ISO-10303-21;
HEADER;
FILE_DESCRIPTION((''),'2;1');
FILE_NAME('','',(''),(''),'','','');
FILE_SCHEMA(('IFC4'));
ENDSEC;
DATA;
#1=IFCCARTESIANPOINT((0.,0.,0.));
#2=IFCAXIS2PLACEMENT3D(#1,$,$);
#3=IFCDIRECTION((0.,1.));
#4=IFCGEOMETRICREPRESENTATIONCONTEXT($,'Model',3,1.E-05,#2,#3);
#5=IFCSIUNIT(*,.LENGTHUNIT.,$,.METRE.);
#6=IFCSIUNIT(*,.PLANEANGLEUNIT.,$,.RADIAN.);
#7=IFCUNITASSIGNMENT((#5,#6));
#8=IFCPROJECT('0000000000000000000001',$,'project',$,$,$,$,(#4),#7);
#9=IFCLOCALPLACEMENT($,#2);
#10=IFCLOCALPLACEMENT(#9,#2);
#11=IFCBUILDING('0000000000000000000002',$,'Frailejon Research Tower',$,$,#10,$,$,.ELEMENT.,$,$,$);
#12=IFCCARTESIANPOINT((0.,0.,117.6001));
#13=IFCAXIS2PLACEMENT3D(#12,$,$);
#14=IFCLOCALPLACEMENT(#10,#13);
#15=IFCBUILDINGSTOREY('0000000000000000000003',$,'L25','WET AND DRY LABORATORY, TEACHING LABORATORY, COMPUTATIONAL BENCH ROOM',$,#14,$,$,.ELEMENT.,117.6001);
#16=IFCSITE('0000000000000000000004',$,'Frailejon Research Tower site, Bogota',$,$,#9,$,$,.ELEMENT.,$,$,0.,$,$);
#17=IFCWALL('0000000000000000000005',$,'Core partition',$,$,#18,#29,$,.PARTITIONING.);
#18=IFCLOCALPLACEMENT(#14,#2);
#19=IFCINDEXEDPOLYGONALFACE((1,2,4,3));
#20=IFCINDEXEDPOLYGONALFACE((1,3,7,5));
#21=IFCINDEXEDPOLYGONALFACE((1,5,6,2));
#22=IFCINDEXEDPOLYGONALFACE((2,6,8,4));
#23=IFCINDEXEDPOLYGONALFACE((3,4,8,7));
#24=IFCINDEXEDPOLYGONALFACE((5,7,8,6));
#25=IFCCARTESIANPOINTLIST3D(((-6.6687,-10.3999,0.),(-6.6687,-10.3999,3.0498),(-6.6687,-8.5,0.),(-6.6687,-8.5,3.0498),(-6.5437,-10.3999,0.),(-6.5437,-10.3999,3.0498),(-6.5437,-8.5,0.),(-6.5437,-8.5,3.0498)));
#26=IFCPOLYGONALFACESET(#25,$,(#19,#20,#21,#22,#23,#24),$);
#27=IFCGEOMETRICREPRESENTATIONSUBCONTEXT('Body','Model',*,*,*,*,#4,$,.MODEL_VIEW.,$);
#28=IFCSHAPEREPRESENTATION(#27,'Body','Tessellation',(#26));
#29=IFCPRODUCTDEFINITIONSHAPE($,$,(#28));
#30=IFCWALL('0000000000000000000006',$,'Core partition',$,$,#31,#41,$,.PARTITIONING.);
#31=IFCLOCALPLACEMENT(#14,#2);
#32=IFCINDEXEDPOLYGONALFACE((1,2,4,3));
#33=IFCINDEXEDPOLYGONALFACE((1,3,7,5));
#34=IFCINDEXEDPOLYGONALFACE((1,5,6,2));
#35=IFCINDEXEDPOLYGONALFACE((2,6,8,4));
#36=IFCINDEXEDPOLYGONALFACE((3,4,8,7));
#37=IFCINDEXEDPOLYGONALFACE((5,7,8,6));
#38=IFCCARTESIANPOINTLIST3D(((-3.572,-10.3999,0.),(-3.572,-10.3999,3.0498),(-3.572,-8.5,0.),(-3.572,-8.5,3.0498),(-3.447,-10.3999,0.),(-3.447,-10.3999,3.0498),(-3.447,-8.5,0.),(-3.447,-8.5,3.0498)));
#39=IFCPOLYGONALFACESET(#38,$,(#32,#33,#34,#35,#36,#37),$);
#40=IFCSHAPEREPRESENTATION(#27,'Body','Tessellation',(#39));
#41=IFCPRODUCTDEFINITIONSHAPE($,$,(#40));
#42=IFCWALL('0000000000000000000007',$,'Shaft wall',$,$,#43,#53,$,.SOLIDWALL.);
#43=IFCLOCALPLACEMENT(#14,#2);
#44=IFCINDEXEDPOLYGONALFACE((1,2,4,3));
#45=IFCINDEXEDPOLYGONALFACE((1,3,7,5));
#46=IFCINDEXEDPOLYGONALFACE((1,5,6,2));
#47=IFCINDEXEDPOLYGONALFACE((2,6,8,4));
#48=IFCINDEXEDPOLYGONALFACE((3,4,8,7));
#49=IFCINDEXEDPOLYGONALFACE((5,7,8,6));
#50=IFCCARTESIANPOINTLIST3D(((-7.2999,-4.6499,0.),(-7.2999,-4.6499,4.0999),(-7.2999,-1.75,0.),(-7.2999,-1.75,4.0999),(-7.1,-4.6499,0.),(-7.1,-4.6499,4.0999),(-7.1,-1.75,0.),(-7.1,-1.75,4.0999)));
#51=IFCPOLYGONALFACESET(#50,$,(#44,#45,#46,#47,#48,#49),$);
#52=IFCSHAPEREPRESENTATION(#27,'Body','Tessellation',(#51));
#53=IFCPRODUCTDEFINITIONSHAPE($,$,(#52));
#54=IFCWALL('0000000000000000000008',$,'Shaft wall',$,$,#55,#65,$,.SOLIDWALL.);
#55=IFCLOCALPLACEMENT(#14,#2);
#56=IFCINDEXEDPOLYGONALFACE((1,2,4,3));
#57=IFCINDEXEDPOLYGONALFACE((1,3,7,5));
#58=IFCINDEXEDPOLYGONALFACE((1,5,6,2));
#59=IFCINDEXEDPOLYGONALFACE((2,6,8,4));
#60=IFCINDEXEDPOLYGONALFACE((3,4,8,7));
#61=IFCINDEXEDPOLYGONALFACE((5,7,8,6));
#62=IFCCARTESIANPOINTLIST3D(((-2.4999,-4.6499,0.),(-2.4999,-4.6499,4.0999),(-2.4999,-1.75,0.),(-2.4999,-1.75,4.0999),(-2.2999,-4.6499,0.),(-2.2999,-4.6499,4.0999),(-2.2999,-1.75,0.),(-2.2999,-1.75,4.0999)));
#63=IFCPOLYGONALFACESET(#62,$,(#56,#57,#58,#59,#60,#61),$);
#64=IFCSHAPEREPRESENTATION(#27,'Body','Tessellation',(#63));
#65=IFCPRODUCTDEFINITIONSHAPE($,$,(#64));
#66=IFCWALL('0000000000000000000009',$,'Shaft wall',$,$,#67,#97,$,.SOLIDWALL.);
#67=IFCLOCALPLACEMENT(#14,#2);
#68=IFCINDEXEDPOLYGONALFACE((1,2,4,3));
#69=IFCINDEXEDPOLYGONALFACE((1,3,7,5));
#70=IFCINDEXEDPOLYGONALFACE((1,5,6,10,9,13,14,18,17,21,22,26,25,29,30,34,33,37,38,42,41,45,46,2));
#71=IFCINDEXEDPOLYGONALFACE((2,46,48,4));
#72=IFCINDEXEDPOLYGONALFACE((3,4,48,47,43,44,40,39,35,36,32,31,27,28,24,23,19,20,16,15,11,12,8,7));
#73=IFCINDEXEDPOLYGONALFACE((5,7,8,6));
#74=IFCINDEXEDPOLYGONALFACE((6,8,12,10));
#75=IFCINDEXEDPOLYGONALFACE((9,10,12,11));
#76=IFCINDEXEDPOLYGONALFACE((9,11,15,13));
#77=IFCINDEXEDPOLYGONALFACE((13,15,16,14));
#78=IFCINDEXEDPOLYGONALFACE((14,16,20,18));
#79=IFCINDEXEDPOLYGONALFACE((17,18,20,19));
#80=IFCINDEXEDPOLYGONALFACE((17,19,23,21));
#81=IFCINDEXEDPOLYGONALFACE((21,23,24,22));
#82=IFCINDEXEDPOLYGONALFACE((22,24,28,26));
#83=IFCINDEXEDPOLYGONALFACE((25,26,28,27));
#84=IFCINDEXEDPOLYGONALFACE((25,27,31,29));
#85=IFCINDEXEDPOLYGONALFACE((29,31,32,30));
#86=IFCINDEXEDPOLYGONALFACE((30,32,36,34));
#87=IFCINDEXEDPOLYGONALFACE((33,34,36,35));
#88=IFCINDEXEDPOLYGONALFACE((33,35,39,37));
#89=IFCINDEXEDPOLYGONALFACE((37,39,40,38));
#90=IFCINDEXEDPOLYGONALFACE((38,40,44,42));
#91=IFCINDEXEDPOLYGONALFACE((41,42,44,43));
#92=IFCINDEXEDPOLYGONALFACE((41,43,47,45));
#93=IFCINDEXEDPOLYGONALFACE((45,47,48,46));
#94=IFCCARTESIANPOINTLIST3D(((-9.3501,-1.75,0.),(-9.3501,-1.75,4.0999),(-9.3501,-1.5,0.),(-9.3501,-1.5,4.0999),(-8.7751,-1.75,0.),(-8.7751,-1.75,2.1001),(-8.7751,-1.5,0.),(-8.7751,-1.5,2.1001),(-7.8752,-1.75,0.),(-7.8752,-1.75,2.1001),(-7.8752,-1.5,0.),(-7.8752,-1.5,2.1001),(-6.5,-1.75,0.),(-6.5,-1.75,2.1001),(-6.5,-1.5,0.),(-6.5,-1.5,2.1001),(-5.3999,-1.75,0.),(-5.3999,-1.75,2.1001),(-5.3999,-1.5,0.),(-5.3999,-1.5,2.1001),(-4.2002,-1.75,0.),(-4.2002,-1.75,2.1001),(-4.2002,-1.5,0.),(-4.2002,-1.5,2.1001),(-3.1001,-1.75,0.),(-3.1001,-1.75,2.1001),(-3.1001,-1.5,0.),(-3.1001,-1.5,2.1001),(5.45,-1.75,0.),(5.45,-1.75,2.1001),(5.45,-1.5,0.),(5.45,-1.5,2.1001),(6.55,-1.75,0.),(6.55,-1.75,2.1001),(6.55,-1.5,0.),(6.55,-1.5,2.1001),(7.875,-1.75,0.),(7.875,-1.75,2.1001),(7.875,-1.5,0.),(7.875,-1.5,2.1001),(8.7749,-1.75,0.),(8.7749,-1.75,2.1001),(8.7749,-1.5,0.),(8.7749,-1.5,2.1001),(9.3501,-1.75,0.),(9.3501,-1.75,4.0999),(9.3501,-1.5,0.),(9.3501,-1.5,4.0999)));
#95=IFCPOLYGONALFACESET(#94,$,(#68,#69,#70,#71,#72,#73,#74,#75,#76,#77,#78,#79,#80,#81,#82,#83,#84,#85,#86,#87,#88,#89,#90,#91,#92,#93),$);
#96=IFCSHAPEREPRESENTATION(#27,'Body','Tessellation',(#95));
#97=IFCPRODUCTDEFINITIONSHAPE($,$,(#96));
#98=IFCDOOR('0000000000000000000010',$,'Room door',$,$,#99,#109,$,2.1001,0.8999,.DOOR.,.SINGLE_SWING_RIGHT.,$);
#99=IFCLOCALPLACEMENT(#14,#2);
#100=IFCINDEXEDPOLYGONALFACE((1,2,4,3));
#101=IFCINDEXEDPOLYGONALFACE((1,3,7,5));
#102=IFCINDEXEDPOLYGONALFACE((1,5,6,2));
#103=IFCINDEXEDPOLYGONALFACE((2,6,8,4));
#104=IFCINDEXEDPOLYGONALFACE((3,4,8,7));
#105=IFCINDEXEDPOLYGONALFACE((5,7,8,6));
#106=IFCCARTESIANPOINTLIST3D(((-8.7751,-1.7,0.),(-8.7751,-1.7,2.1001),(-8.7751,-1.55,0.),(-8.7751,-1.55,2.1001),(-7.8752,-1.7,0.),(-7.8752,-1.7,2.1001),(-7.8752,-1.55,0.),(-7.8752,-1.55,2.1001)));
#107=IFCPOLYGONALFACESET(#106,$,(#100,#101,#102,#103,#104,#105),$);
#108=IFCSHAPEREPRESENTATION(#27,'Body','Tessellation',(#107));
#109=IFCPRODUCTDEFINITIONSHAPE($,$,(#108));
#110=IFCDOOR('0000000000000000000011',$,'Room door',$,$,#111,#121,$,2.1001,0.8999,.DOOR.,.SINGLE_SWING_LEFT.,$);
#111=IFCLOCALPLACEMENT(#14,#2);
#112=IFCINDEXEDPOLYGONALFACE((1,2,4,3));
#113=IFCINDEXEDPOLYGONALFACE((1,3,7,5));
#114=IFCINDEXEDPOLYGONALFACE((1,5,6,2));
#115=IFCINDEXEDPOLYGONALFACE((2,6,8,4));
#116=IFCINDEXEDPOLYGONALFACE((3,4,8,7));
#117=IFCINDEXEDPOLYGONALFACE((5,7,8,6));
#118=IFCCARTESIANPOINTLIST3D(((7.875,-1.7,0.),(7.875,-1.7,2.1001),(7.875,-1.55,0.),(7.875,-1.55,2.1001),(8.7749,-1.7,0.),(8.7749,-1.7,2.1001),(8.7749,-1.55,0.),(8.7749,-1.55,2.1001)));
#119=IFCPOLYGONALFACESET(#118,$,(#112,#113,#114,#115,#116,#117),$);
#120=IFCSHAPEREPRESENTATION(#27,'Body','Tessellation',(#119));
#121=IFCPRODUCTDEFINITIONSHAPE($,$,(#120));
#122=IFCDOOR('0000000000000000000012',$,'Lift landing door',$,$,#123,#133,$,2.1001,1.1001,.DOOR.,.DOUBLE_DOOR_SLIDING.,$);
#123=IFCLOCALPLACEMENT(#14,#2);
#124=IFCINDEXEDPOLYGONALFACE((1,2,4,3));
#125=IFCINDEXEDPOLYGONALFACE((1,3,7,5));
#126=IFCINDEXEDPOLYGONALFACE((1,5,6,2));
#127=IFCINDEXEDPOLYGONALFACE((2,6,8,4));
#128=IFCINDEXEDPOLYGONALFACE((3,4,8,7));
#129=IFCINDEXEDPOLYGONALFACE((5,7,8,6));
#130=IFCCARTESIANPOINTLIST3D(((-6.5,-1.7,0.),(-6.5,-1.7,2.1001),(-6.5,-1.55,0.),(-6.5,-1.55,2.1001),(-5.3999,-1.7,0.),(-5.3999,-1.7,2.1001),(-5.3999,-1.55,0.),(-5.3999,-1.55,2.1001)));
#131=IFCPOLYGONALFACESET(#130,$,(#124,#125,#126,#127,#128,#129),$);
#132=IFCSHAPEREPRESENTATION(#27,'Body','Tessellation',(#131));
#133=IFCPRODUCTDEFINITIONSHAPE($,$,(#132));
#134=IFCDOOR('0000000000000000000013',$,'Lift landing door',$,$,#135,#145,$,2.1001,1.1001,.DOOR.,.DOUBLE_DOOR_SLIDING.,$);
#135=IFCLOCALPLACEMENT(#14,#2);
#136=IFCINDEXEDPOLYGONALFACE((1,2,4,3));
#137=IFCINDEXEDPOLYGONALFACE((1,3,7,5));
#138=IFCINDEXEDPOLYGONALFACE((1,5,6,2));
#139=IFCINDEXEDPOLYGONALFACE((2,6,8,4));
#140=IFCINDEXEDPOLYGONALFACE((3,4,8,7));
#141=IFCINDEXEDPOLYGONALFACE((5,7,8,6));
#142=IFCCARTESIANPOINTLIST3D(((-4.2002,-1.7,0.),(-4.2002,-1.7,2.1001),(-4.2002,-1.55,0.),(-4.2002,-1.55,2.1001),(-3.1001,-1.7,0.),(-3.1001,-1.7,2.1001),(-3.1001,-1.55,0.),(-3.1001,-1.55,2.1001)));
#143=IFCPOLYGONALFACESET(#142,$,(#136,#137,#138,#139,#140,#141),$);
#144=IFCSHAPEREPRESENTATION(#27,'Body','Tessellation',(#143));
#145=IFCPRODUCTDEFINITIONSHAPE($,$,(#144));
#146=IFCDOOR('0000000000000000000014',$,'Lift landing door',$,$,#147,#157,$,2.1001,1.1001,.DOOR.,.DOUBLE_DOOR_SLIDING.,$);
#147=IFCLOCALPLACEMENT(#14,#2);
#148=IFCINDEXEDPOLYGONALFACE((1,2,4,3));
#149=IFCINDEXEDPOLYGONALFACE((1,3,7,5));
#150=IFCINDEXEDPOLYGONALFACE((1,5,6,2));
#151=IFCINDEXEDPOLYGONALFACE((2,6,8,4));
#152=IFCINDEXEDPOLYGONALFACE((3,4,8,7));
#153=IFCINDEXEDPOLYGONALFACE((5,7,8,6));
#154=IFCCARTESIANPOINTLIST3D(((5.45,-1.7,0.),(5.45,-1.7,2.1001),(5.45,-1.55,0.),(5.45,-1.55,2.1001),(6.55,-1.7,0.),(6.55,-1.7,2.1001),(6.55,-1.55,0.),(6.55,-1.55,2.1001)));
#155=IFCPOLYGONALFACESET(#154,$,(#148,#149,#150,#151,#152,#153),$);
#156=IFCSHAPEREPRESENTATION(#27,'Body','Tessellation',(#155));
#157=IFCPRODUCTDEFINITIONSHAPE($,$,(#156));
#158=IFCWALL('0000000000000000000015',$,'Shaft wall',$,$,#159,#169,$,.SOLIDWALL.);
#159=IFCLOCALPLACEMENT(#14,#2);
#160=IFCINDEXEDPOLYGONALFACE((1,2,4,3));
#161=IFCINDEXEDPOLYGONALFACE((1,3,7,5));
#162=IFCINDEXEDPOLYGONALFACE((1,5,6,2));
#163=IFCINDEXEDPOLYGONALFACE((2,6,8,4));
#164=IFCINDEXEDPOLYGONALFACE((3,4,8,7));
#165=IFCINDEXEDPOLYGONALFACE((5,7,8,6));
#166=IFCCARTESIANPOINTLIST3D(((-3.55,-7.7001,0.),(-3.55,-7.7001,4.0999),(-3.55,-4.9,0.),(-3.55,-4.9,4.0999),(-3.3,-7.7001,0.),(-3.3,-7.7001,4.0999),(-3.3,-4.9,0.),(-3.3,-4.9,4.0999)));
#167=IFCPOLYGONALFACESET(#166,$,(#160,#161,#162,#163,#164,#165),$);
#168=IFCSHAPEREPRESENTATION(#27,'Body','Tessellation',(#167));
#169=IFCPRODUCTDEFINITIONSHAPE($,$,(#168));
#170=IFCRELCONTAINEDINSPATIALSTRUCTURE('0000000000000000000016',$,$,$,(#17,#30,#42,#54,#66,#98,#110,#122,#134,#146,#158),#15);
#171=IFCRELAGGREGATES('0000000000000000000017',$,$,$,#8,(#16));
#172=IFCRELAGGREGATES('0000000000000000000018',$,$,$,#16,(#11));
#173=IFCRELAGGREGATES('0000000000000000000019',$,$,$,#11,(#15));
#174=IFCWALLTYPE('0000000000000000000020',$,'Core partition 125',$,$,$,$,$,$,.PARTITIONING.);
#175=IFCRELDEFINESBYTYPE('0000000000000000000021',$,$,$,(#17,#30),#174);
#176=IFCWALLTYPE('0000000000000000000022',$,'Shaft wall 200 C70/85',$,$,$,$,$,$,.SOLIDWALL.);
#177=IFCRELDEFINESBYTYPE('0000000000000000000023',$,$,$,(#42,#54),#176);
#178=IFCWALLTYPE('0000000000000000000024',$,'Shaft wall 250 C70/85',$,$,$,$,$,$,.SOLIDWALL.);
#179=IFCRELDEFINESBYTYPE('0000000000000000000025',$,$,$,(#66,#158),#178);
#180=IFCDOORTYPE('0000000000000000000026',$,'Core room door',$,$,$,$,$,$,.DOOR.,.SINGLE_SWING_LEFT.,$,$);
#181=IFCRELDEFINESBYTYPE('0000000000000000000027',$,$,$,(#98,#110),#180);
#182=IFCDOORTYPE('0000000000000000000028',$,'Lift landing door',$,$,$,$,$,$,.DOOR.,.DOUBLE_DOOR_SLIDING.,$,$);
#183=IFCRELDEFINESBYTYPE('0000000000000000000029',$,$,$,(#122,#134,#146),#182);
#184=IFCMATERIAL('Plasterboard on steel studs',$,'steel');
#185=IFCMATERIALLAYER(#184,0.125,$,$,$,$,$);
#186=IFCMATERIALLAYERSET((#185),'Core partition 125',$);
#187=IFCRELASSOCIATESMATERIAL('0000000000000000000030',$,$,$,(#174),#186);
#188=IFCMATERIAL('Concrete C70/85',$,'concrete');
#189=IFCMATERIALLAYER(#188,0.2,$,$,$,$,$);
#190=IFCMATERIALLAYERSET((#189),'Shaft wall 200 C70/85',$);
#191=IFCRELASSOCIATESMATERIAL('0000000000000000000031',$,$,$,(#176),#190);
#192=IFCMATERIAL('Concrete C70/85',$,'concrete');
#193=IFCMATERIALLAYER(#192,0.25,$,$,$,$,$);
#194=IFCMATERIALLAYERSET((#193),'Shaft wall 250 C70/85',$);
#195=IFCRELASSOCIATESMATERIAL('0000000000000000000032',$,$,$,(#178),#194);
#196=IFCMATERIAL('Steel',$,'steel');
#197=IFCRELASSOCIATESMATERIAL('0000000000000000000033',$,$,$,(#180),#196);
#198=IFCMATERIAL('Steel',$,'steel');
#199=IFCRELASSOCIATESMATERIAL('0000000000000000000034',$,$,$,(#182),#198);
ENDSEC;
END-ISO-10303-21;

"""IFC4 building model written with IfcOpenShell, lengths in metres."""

from ifc_helpers import new_model, si_unit, direction, frame, frame_2d, origin, place, context, subcontext, project, spatial, rectangle, extrude, material, layer, layer_set, type_object, element, fill, save


model = new_model("IFC4")

# Units and contexts
model_context = context("Model", 3, precision=1e-05, world=origin(), true_north=direction((0.0, 1.0)))
body_context = subcontext(model_context, "Body", "Model", "MODEL_VIEW")
ifc_project = project(units=[si_unit("LENGTHUNIT", "METRE"), si_unit("PLANEANGLEUNIT", "RADIAN")], contexts=[model_context])

# Site, building, storey
site_placement = place(None, origin())
site = spatial("IfcSite", under=ifc_project, at=site_placement, Name="Frailejon Research Tower site, Bogota", CompositionType="ELEMENT", RefElevation=0.0)
building_placement = place(site_placement, origin())
building = spatial("IfcBuilding", under=site, at=building_placement, Name="Frailejon Research Tower", CompositionType="ELEMENT")
storey_placement = place(building_placement, frame((0.0, 0.0, 117.6001)))
storey = spatial("IfcBuildingStorey", under=building, at=storey_placement, Name="L25", Description="WET AND DRY LABORATORY, TEACHING LABORATORY, COMPUTATIONAL BENCH ROOM", CompositionType="ELEMENT", Elevation=117.6001)

# Walls
ifc_material_1 = material(Name="Plasterboard on steel studs", Category="steel")
ifc_layer_1 = layer(ifc_material_1, 0.125)
ifc_layer_set_1 = layer_set([ifc_layer_1], Name="Core partition 125")
wall_type_1 = type_object("IfcWallType", Name="Core partition 125", PredefinedType="PARTITIONING", material=ifc_layer_set_1)
for number, where, z_axis, x_axis, name in (
    (1, (-6.6062, -10.3999, 0.0), (0.0, 0.0, 1.0), (0.0, 1.0, 0.0), "Core partition"),
    (2, (-3.5095, -10.3999, 0.0), (0.0, 0.0, 1.0), (0.0, 1.0, 0.0), "Core partition"),
):
    element("IfcWall", number, at=place(storey_placement, frame(where, z_axis=z_axis, x_axis=x_axis)), inside=storey, type_object=wall_type_1, Name=name, PredefinedType="PARTITIONING", context=body_context, shape_type="SweptSolid", body=[
        extrude(rectangle(XDim=1.8999, YDim=0.125, at=frame_2d((0.95, 0.0))), origin(), (0.0, 0.0, 1.0), 3.0498),
    ])
ifc_material_2 = material(Name="Concrete C70/85", Category="concrete")
ifc_layer_2 = layer(ifc_material_2, 0.2)
ifc_layer_set_2 = layer_set([ifc_layer_2], Name="Shaft wall 200 C70/85")
wall_type_2 = type_object("IfcWallType", Name="Shaft wall 200 C70/85", PredefinedType="SOLIDWALL", material=ifc_layer_set_2)
for number, where, z_axis, x_axis, name in (
    (3, (-7.2, -4.6499, 0.0), (0.0, 0.0, 1.0), (0.0, 1.0, 0.0), "Shaft wall"),
    (4, (-2.3999, -4.6499, 0.0), (0.0, 0.0, 1.0), (0.0, 1.0, 0.0), "Shaft wall"),
):
    element("IfcWall", number, at=place(storey_placement, frame(where, z_axis=z_axis, x_axis=x_axis)), inside=storey, type_object=wall_type_2, Name=name, PredefinedType="SOLIDWALL", context=body_context, shape_type="SweptSolid", body=[
        extrude(rectangle(XDim=2.8999, YDim=0.2, at=frame_2d((1.45, 0.0))), origin(), (0.0, 0.0, 1.0), 4.0999),
    ])

# Wall, openings, doors
ifc_material_3 = material(Name="Concrete C70/85", Category="concrete")
ifc_layer_3 = layer(ifc_material_3, 0.25)
ifc_layer_set_3 = layer_set([ifc_layer_3], Name="Shaft wall 250 C70/85")
wall_type_3 = type_object("IfcWallType", Name="Shaft wall 250 C70/85", PredefinedType="SOLIDWALL", material=ifc_layer_set_3)
wall_1_placement = place(storey_placement, frame((-9.3501, -1.625, 0.0), z_axis=(0.0, 0.0, 1.0), x_axis=(1.0, 0.0, 0.0)))
wall_1 = element("IfcWall", 5, at=wall_1_placement, inside=storey, type_object=wall_type_3, Name="Shaft wall", PredefinedType="SOLIDWALL", context=body_context, shape_type="SweptSolid", body=[
    extrude(rectangle(XDim=18.7002, YDim=0.25, at=frame_2d((9.3501, 0.0))), origin(), (0.0, 0.0, 1.0), 4.0999),
])
opening_1_placement = place(wall_1_placement, frame((2.8501, 0.0, 0.0)))
opening_1 = element("IfcOpeningElement", 6, at=opening_1_placement, cuts=wall_1, PredefinedType="OPENING", context=body_context, shape_type="SweptSolid", body=[
    extrude(rectangle(XDim=1.1001, YDim=2.1001, at=frame_2d((0.55, 1.05))), frame((0.0, 0.135, 0.0), z_axis=(0.0, -1.0, 0.0), x_axis=(1.0, 0.0, 0.0)), (0.0, 0.0, 1.0), 0.27),
])
opening_2_placement = place(wall_1_placement, frame((5.1499, 0.0, 0.0)))
opening_2 = element("IfcOpeningElement", 7, at=opening_2_placement, cuts=wall_1, PredefinedType="OPENING", context=body_context, shape_type="SweptSolid", body=[
    extrude(rectangle(XDim=1.1001, YDim=2.1001, at=frame_2d((0.55, 1.05))), frame((0.0, 0.135, 0.0), z_axis=(0.0, -1.0, 0.0), x_axis=(1.0, 0.0, 0.0)), (0.0, 0.0, 1.0), 0.27),
])
opening_3_placement = place(wall_1_placement, frame((14.8, 0.0, 0.0)))
opening_3 = element("IfcOpeningElement", 8, at=opening_3_placement, cuts=wall_1, PredefinedType="OPENING", context=body_context, shape_type="SweptSolid", body=[
    extrude(rectangle(XDim=1.1001, YDim=2.1001, at=frame_2d((0.55, 1.05))), frame((0.0, 0.135, 0.0), z_axis=(0.0, -1.0, 0.0), x_axis=(1.0, 0.0, 0.0)), (0.0, 0.0, 1.0), 0.27),
])
opening_4_placement = place(wall_1_placement, frame((0.575, 0.0, 0.0)))
opening_4 = element("IfcOpeningElement", 9, at=opening_4_placement, cuts=wall_1, PredefinedType="OPENING", context=body_context, shape_type="SweptSolid", body=[
    extrude(rectangle(XDim=0.8999, YDim=2.1001, at=frame_2d((0.45, 1.05))), frame((0.0, 0.135, 0.0), z_axis=(0.0, -1.0, 0.0), x_axis=(1.0, 0.0, 0.0)), (0.0, 0.0, 1.0), 0.27),
])
opening_5_placement = place(wall_1_placement, frame((17.2251, 0.0, 0.0)))
opening_5 = element("IfcOpeningElement", 10, at=opening_5_placement, cuts=wall_1, PredefinedType="OPENING", context=body_context, shape_type="SweptSolid", body=[
    extrude(rectangle(XDim=0.8999, YDim=2.1001, at=frame_2d((0.45, 1.05))), frame((0.0, 0.135, 0.0), z_axis=(0.0, -1.0, 0.0), x_axis=(1.0, 0.0, 0.0)), (0.0, 0.0, 1.0), 0.27),
])
ifc_material_4 = material(Name="Steel", Category="steel")
door_type_1 = type_object("IfcDoorType", Name="Core room door", OperationType="SINGLE_SWING_LEFT", PredefinedType="DOOR", material=ifc_material_4)
door_1_placement = place(opening_4_placement, origin())
door_1 = element("IfcDoor", 11, at=door_1_placement, inside=storey, type_object=door_type_1, Name="Room door", OperationType="SINGLE_SWING_RIGHT", OverallHeight=2.1001, OverallWidth=0.8999, PredefinedType="DOOR", context=body_context, shape_type="SweptSolid", body=[
    extrude(rectangle(XDim=0.8999, YDim=2.1001, at=frame_2d((0.45, 1.05))), frame((0.0, 0.075, 0.0), z_axis=(0.0, -1.0, 0.0), x_axis=(1.0, 0.0, 0.0)), (0.0, 0.0, 1.0), 0.1499),
])
fill(opening_4, door_1)
door_2_placement = place(opening_5_placement, origin())
door_2 = element("IfcDoor", 12, at=door_2_placement, inside=storey, type_object=door_type_1, Name="Room door", OperationType="SINGLE_SWING_LEFT", OverallHeight=2.1001, OverallWidth=0.8999, PredefinedType="DOOR", context=body_context, shape_type="SweptSolid", body=[
    extrude(rectangle(XDim=0.8999, YDim=2.1001, at=frame_2d((0.45, 1.05))), frame((0.0, 0.075, 0.0), z_axis=(0.0, -1.0, 0.0), x_axis=(1.0, 0.0, 0.0)), (0.0, 0.0, 1.0), 0.1499),
])
fill(opening_5, door_2)
ifc_material_5 = material(Name="Steel", Category="steel")
door_type_2 = type_object("IfcDoorType", Name="Lift landing door", OperationType="DOUBLE_DOOR_SLIDING", PredefinedType="DOOR", material=ifc_material_5)
door_3_placement = place(opening_1_placement, origin())
door_3 = element("IfcDoor", 13, at=door_3_placement, inside=storey, type_object=door_type_2, Name="Lift landing door", OperationType="DOUBLE_DOOR_SLIDING", OverallHeight=2.1001, OverallWidth=1.1001, PredefinedType="DOOR", context=body_context, shape_type="SweptSolid", body=[
    extrude(rectangle(XDim=1.1001, YDim=2.1001, at=frame_2d((0.55, 1.05))), frame((0.0, 0.075, 0.0), z_axis=(0.0, -1.0, 0.0), x_axis=(1.0, 0.0, 0.0)), (0.0, 0.0, 1.0), 0.1499),
])
fill(opening_1, door_3)
door_4_placement = place(opening_2_placement, origin())
door_4 = element("IfcDoor", 14, at=door_4_placement, inside=storey, type_object=door_type_2, Name="Lift landing door", OperationType="DOUBLE_DOOR_SLIDING", OverallHeight=2.1001, OverallWidth=1.1001, PredefinedType="DOOR", context=body_context, shape_type="SweptSolid", body=[
    extrude(rectangle(XDim=1.1001, YDim=2.1001, at=frame_2d((0.55, 1.05))), frame((0.0, 0.075, 0.0), z_axis=(0.0, -1.0, 0.0), x_axis=(1.0, 0.0, 0.0)), (0.0, 0.0, 1.0), 0.1499),
])
fill(opening_2, door_4)
door_5_placement = place(opening_3_placement, origin())
door_5 = element("IfcDoor", 15, at=door_5_placement, inside=storey, type_object=door_type_2, Name="Lift landing door", OperationType="DOUBLE_DOOR_SLIDING", OverallHeight=2.1001, OverallWidth=1.1001, PredefinedType="DOOR", context=body_context, shape_type="SweptSolid", body=[
    extrude(rectangle(XDim=1.1001, YDim=2.1001, at=frame_2d((0.55, 1.05))), frame((0.0, 0.075, 0.0), z_axis=(0.0, -1.0, 0.0), x_axis=(1.0, 0.0, 0.0)), (0.0, 0.0, 1.0), 0.1499),
])
fill(opening_3, door_5)

# Wall
wall_2_placement = place(storey_placement, frame((-3.425, -7.7, 0.0), z_axis=(0.0, 0.0, 1.0), x_axis=(0.0, 1.0, 0.0)))
element("IfcWall", 16, at=wall_2_placement, inside=storey, type_object=wall_type_3, Name="Shaft wall", PredefinedType="SOLIDWALL", context=body_context, shape_type="SweptSolid", body=[
    extrude(rectangle(XDim=2.8, YDim=0.25, at=frame_2d((1.3999, 0.0))), origin(), (0.0, 0.0, 1.0), 4.0999),
])

save(model, "model.ifc")
